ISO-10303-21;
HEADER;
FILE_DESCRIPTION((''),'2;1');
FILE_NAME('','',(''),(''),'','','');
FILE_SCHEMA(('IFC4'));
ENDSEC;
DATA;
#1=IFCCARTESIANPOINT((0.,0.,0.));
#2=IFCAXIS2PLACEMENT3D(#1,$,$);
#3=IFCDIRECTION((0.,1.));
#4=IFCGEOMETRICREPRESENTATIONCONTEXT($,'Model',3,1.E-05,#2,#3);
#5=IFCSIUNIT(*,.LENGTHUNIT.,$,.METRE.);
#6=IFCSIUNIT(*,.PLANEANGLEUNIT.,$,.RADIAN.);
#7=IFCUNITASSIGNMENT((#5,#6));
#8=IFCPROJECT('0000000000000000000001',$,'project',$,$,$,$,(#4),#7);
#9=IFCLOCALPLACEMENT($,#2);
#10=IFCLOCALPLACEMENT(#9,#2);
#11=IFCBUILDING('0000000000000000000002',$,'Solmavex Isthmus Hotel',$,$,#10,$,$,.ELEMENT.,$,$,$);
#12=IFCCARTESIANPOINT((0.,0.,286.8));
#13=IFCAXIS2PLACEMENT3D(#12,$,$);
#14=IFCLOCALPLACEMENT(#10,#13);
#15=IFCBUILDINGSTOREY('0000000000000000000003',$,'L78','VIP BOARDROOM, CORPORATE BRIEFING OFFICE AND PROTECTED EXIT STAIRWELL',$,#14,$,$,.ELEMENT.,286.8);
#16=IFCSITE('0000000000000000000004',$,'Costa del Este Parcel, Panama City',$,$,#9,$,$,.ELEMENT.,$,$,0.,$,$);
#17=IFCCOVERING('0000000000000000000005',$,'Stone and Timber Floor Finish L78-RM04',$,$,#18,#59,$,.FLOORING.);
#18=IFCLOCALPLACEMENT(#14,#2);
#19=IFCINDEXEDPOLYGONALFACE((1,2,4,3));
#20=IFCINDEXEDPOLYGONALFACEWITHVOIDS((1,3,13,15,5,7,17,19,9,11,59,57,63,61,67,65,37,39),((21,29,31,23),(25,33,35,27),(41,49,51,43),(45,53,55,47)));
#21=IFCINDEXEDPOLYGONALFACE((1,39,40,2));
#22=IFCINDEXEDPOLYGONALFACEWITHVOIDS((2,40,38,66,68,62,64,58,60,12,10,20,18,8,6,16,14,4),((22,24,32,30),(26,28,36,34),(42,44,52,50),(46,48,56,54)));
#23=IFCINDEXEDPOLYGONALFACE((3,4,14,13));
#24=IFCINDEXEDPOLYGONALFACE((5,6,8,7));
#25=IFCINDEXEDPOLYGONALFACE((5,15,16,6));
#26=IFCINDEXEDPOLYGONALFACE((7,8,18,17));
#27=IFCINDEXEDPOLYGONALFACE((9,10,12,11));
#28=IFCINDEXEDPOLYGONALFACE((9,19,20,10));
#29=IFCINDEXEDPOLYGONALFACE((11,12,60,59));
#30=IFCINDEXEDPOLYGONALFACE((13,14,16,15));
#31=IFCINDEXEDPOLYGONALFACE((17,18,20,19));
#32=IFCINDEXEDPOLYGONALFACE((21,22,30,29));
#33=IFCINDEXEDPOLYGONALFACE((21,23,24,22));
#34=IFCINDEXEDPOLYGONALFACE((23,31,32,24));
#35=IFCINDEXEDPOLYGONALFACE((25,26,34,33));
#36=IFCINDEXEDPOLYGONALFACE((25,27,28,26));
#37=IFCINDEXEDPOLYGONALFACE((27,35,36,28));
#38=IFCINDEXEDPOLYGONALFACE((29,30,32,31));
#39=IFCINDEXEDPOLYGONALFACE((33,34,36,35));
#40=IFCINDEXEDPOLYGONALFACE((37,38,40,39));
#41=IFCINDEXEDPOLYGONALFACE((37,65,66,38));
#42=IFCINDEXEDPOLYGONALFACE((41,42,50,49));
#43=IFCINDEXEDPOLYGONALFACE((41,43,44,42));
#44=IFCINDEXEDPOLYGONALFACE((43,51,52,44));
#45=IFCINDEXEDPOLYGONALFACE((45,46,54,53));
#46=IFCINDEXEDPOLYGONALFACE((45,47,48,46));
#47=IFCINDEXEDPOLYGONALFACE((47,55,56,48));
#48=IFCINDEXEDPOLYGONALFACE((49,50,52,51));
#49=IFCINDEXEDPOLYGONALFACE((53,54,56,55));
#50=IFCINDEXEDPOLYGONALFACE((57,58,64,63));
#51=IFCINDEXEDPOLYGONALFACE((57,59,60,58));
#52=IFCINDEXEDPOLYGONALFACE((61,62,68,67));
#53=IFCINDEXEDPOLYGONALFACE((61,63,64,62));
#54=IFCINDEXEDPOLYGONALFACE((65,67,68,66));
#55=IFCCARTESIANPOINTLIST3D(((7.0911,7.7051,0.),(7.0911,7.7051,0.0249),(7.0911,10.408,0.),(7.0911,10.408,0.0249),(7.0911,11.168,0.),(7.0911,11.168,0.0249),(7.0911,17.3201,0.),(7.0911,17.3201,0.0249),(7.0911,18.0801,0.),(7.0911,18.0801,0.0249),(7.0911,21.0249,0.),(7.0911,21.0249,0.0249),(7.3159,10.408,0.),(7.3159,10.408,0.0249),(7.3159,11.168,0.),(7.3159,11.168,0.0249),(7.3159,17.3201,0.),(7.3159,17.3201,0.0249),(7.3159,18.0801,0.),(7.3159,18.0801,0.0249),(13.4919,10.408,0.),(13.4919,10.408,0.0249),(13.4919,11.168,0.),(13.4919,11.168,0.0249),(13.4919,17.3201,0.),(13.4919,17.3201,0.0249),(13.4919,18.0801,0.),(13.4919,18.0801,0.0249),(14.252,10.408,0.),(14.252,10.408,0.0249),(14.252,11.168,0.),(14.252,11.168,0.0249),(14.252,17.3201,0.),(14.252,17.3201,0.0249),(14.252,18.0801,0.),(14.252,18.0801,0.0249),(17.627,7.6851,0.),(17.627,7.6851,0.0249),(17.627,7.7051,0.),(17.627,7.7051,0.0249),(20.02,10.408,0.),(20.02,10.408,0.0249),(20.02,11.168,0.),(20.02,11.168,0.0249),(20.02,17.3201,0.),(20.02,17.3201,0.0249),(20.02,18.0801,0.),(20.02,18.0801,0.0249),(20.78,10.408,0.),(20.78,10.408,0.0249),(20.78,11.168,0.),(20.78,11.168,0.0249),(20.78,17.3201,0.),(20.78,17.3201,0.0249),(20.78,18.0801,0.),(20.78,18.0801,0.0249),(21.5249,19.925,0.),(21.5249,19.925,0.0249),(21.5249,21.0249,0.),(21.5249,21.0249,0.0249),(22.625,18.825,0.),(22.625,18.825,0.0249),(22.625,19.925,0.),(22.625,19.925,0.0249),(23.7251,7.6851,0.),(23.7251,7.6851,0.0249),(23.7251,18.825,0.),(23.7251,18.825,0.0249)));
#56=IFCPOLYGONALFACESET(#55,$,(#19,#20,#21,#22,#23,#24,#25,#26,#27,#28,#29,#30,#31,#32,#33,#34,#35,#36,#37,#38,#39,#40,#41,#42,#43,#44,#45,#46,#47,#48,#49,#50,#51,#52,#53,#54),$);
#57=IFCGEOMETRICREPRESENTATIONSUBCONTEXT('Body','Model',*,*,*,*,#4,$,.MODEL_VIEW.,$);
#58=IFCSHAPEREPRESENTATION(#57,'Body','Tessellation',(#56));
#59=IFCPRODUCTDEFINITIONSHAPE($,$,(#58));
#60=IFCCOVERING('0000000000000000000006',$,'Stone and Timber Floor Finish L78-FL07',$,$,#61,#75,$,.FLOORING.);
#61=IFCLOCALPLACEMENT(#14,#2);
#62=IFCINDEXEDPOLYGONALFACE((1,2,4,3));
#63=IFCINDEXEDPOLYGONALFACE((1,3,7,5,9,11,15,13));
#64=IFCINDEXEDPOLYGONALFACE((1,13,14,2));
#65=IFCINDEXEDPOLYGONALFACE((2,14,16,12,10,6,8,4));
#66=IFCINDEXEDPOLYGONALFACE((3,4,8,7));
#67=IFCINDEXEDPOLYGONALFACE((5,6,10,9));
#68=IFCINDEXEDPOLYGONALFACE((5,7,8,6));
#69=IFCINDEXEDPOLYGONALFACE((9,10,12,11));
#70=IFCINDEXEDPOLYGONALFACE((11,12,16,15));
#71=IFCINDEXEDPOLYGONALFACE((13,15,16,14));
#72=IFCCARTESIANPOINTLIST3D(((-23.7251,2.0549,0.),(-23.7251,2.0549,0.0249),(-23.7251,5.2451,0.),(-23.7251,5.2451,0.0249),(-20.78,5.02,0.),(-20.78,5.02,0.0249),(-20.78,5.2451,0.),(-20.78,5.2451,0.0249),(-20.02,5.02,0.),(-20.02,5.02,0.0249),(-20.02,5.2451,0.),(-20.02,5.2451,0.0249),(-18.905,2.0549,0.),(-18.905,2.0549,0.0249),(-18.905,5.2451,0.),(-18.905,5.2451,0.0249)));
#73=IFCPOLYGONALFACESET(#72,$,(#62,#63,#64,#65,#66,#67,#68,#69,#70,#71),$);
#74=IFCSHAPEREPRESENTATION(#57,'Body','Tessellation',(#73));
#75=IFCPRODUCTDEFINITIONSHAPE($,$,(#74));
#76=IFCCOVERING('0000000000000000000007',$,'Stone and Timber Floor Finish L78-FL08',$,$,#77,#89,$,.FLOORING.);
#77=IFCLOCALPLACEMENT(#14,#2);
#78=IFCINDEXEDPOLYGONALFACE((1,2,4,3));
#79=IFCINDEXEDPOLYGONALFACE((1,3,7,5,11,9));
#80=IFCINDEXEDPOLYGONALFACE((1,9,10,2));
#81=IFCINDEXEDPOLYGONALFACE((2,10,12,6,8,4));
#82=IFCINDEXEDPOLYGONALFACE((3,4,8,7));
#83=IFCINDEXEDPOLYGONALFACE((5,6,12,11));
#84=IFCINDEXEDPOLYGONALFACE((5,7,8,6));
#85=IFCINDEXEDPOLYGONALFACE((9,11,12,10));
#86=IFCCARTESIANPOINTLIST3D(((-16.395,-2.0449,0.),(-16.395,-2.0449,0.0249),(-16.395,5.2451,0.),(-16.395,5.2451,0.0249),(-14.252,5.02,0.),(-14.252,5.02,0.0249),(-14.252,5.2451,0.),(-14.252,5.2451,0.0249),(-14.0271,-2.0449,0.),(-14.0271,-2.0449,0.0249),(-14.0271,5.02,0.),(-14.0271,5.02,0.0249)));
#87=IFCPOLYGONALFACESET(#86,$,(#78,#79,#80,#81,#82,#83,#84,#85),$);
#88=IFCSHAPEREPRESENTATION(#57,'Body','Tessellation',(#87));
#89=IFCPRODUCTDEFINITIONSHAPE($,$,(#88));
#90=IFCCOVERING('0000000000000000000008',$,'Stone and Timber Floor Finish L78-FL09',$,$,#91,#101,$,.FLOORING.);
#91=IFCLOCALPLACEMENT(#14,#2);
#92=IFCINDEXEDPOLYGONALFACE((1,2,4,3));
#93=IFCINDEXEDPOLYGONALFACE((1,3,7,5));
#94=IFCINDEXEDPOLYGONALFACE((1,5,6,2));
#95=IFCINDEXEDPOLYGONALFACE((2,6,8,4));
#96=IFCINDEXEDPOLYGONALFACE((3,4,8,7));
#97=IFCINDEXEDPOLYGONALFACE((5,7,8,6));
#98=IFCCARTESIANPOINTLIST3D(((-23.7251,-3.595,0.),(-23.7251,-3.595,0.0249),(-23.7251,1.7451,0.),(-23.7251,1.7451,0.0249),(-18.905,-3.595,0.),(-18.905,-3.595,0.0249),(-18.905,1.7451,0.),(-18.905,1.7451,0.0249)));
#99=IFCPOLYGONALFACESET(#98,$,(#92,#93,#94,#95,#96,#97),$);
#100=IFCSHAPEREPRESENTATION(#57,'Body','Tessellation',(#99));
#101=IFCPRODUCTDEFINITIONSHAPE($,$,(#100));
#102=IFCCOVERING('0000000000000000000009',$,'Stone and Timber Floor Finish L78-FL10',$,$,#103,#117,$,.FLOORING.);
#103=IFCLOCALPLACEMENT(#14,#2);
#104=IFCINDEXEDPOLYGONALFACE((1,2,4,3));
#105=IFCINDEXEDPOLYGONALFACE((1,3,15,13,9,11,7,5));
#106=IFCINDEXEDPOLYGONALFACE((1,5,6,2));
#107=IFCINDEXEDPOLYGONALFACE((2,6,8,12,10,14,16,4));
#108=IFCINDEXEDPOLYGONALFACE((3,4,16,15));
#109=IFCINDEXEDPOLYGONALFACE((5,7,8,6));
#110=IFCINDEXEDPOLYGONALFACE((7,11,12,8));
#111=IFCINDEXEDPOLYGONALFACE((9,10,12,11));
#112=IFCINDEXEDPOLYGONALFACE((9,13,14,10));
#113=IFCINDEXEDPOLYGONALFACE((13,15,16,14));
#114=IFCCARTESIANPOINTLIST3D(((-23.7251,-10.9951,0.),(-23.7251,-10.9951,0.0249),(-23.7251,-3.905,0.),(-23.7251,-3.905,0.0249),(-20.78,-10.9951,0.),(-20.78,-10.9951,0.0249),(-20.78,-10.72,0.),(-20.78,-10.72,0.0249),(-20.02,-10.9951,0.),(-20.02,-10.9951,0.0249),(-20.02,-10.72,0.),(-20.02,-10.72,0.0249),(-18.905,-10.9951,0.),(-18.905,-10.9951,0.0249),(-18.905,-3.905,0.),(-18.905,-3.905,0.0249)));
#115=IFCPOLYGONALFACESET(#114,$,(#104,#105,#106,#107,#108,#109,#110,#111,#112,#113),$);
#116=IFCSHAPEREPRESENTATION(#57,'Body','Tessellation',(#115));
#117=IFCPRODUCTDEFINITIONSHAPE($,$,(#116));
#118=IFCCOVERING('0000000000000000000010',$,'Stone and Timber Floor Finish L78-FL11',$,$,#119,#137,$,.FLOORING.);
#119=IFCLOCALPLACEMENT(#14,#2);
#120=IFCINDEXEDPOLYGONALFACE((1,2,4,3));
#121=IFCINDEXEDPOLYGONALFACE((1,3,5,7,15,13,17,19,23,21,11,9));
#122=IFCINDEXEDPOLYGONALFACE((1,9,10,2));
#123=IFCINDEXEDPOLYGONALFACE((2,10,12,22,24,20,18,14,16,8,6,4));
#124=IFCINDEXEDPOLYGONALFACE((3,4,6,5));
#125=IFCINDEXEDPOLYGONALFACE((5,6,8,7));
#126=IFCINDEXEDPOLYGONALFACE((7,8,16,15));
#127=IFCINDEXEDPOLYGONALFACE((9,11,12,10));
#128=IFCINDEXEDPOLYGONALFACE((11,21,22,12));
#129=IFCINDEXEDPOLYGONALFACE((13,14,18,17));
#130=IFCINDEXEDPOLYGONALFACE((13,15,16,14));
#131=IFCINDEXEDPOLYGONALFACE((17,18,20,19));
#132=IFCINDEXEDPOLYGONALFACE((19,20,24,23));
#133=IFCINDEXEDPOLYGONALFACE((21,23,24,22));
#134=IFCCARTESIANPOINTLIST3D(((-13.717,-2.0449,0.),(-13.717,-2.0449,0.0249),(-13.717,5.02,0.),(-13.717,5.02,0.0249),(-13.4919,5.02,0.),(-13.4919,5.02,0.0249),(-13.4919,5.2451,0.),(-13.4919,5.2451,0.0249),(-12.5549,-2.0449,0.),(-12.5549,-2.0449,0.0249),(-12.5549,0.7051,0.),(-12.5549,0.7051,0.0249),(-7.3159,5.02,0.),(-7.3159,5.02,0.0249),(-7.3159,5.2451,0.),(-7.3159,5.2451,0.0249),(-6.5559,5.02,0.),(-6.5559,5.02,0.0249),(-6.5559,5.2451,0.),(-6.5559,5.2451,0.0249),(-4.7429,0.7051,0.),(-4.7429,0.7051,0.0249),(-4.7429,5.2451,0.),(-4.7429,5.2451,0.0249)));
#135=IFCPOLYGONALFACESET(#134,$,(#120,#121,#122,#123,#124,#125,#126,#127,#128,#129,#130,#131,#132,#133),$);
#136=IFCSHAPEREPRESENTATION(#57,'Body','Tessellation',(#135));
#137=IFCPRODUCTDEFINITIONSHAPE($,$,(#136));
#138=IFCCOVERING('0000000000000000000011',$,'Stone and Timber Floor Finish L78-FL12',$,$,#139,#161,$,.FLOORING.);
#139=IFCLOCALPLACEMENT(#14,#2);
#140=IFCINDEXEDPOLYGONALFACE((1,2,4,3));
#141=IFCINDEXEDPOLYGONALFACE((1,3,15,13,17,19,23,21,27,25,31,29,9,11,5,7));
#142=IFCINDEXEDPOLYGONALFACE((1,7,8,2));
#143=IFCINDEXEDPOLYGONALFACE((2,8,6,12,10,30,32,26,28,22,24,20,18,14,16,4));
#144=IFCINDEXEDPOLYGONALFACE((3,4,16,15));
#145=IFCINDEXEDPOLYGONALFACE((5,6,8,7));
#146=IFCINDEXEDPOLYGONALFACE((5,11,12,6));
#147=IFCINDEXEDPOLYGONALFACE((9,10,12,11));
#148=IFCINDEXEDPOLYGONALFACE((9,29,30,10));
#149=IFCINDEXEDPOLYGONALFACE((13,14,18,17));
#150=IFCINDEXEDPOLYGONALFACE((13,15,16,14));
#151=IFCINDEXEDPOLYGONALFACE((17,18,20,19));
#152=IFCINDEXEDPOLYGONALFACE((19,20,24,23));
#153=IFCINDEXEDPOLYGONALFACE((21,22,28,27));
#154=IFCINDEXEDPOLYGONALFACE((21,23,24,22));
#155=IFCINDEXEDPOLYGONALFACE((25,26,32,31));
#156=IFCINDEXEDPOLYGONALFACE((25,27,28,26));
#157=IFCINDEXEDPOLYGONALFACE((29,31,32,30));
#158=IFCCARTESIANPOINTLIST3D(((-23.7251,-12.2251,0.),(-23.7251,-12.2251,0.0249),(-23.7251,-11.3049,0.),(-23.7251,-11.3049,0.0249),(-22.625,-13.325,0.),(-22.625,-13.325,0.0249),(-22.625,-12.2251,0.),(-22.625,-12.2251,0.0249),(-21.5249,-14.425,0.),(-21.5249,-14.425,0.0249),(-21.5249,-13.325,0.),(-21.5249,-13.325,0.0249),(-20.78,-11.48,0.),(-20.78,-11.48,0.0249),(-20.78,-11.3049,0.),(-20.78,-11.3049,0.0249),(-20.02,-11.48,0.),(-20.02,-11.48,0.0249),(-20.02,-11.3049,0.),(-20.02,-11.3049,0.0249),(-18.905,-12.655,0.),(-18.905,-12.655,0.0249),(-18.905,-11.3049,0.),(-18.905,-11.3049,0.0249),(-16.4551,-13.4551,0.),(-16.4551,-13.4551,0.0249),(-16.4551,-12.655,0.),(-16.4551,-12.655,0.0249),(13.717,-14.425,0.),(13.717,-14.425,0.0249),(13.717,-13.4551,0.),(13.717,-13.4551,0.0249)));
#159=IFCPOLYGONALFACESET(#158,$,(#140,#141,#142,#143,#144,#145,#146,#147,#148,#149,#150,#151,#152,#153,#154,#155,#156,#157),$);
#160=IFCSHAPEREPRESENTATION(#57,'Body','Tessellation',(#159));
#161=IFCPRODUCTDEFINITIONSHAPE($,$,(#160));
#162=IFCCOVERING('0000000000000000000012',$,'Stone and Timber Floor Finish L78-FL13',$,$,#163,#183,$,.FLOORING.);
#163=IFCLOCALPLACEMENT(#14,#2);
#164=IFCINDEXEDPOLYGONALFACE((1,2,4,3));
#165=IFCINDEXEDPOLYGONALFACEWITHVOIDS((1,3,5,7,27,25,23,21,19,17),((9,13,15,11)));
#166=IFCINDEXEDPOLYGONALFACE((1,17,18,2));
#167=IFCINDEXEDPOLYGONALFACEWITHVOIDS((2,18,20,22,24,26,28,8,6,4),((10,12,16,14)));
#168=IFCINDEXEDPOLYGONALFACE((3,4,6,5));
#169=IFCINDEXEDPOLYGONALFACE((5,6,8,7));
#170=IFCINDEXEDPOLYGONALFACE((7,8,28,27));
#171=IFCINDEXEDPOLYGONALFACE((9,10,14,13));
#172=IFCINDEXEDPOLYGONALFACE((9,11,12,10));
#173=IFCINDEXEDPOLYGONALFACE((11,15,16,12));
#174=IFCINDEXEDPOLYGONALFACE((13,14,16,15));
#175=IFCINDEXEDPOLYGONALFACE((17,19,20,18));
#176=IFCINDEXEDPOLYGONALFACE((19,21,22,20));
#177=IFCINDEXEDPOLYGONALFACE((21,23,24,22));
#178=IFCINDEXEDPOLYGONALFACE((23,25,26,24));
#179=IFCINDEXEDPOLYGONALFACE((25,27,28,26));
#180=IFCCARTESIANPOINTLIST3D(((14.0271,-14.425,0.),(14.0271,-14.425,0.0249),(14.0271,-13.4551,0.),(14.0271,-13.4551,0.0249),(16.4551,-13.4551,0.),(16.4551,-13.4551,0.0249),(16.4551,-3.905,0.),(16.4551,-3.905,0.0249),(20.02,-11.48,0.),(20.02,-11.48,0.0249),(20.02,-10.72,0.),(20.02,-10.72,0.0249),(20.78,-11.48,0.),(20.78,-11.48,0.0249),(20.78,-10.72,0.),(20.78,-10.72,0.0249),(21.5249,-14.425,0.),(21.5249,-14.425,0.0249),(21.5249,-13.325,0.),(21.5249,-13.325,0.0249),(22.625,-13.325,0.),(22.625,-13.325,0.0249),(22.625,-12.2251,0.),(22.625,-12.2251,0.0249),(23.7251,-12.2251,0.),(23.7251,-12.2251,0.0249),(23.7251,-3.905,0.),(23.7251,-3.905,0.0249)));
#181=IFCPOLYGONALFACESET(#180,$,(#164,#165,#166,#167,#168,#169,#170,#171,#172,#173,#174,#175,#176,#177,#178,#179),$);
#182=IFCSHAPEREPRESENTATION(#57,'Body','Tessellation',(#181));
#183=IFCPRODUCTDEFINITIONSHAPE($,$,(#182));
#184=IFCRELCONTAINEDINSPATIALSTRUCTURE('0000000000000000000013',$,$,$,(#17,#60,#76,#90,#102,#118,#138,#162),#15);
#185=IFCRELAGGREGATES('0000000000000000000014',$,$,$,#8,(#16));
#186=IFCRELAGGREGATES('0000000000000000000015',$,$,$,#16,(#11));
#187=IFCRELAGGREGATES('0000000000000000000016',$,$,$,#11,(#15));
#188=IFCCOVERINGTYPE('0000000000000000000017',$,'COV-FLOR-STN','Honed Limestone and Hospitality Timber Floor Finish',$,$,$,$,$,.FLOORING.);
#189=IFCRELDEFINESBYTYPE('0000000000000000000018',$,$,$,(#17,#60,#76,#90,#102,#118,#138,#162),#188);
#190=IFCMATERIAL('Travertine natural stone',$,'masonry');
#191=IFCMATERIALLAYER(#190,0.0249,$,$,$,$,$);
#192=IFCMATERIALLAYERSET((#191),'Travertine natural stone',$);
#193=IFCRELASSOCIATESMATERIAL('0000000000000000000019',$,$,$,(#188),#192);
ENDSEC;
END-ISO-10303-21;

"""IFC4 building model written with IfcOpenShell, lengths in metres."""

from ifc_helpers import new_model, si_unit, direction, frame, origin, place, context, subcontext, project, spatial, polyline, outline, extrude, material, layer, layer_set, type_object, element, save


model = new_model("IFC4")

# Units and contexts
model_context = context("Model", 3, precision=1e-05, world=origin(), true_north=direction((0.0, 1.0)))
body_context = subcontext(model_context, "Body", "Model", "MODEL_VIEW")
ifc_project = project(units=[si_unit("LENGTHUNIT", "METRE"), si_unit("PLANEANGLEUNIT", "RADIAN")], contexts=[model_context])

# Site, building, storey
site_placement = place(None, origin())
site = spatial("IfcSite", under=ifc_project, at=site_placement, Name="Costa del Este Parcel, Panama City", CompositionType="ELEMENT", RefElevation=0.0)
building_placement = place(site_placement, origin())
building = spatial("IfcBuilding", under=site, at=building_placement, Name="Solmavex Isthmus Hotel", CompositionType="ELEMENT")
storey_placement = place(building_placement, frame((0.0, 0.0, 286.8)))
storey = spatial("IfcBuildingStorey", under=building, at=storey_placement, Name="L78", Description="VIP BOARDROOM, CORPORATE BRIEFING OFFICE AND PROTECTED EXIT STAIRWELL", CompositionType="ELEMENT", Elevation=286.8)

# Coverings
ifc_material_1 = material(Name="Travertine natural stone", Category="masonry")
ifc_layer_1 = layer(ifc_material_1, 0.0249)
ifc_layer_set_1 = layer_set([ifc_layer_1], Name="Travertine natural stone")
covering_type_1 = type_object("IfcCoveringType", Name="COV-FLOR-STN", Description="Honed Limestone and Hospitality Timber Floor Finish", PredefinedType="FLOORING", material=ifc_layer_set_1)
covering_1_placement = place(storey_placement, origin())
element("IfcCovering", 1, at=covering_1_placement, inside=storey, type_object=covering_type_1, Name="Stone and Timber Floor Finish L78-RM04", PredefinedType="FLOORING", context=body_context, shape_type="SweptSolid", body=[
    extrude(outline(polyline([(7.0911, 11.168), (7.3159, 11.168), (7.3159, 10.408), (7.0911, 10.408), (7.0911, 7.7051), (17.627, 7.7051), (17.627, 7.6851), (23.7251, 7.6851), (23.7251, 18.825), (22.625, 18.825), (22.625, 19.925), (21.5249, 19.925), (21.5249, 21.0249), (7.0911, 21.0249), (7.0911, 18.0801), (7.3159, 18.0801), (7.3159, 17.3201), (7.0911, 17.3201), (7.0911, 11.168)]), holes=[polyline([(20.02, 10.408), (20.02, 11.168), (20.78, 11.168), (20.78, 10.408), (20.02, 10.408)]), polyline([(20.02, 17.3201), (20.02, 18.0801), (20.78, 18.0801), (20.78, 17.3201), (20.02, 17.3201)]), polyline([(13.4919, 10.408), (13.4919, 11.168), (14.252, 11.168), (14.252, 10.408), (13.4919, 10.408)]), polyline([(13.4919, 17.3201), (13.4919, 18.0801), (14.252, 18.0801), (14.252, 17.3201), (13.4919, 17.3201)])]), origin(), (0.0, 0.0, 1.0), 0.0249),
])
covering_2_placement = place(storey_placement, origin())
element("IfcCovering", 2, at=covering_2_placement, inside=storey, type_object=covering_type_1, Name="Stone and Timber Floor Finish L78-FL07", PredefinedType="FLOORING", context=body_context, shape_type="SweptSolid", body=[
    extrude(outline(polyline([(-20.02, 5.2451), (-20.02, 5.02), (-20.78, 5.02), (-20.78, 5.2451), (-23.7251, 5.2451), (-23.7251, 2.0549), (-18.905, 2.0549), (-18.905, 5.2451), (-20.02, 5.2451)])), origin(), (0.0, 0.0, 1.0), 0.0249),
])
covering_3_placement = place(storey_placement, origin())
element("IfcCovering", 3, at=covering_3_placement, inside=storey, type_object=covering_type_1, Name="Stone and Timber Floor Finish L78-FL08", PredefinedType="FLOORING", context=body_context, shape_type="SweptSolid", body=[
    extrude(outline(polyline([(-16.395, -2.0449), (-14.0271, -2.0449), (-14.0271, 5.02), (-14.252, 5.02), (-14.252, 5.2451), (-16.395, 5.2451), (-16.395, -2.0449)])), origin(), (0.0, 0.0, 1.0), 0.0249),
])
covering_4_placement = place(storey_placement, origin())
element("IfcCovering", 4, at=covering_4_placement, inside=storey, type_object=covering_type_1, Name="Stone and Timber Floor Finish L78-FL09", PredefinedType="FLOORING", context=body_context, shape_type="SweptSolid", body=[
    extrude(outline(polyline([(-23.7251, -3.595), (-18.905, -3.595), (-18.905, 1.7451), (-23.7251, 1.7451), (-23.7251, -3.595)])), origin(), (0.0, 0.0, 1.0), 0.0249),
])
covering_5_placement = place(storey_placement, origin())
element("IfcCovering", 5, at=covering_5_placement, inside=storey, type_object=covering_type_1, Name="Stone and Timber Floor Finish L78-FL10", PredefinedType="FLOORING", context=body_context, shape_type="SweptSolid", body=[
    extrude(outline(polyline([(-20.78, -10.9951), (-20.78, -10.72), (-20.02, -10.72), (-20.02, -10.9951), (-18.905, -10.9951), (-18.905, -3.905), (-23.7251, -3.905), (-23.7251, -10.9951), (-20.78, -10.9951)])), origin(), (0.0, 0.0, 1.0), 0.0249),
])
covering_6_placement = place(storey_placement, origin())
element("IfcCovering", 6, at=covering_6_placement, inside=storey, type_object=covering_type_1, Name="Stone and Timber Floor Finish L78-FL11", PredefinedType="FLOORING", context=body_context, shape_type="SweptSolid", body=[
    extrude(outline(polyline([(-6.5559, 5.2451), (-6.5559, 5.02), (-7.3159, 5.02), (-7.3159, 5.2451), (-13.4919, 5.2451), (-13.4919, 5.02), (-13.717, 5.02), (-13.717, -2.0449), (-12.5549, -2.0449), (-12.5549, 0.7051), (-4.7429, 0.7051), (-4.7429, 5.2451), (-6.5559, 5.2451)])), origin(), (0.0, 0.0, 1.0), 0.0249),
])
covering_7_placement = place(storey_placement, origin())
element("IfcCovering", 7, at=covering_7_placement, inside=storey, type_object=covering_type_1, Name="Stone and Timber Floor Finish L78-FL12", PredefinedType="FLOORING", context=body_context, shape_type="SweptSolid", body=[
    extrude(outline(polyline([(-20.02, -11.3049), (-20.02, -11.48), (-20.78, -11.48), (-20.78, -11.3049), (-23.7251, -11.3049), (-23.7251, -12.2251), (-22.625, -12.2251), (-22.625, -13.325), (-21.5249, -13.325), (-21.5249, -14.425), (13.717, -14.425), (13.717, -13.4551), (-16.4551, -13.4551), (-16.4551, -12.655), (-18.905, -12.655), (-18.905, -11.3049), (-20.02, -11.3049)])), origin(), (0.0, 0.0, 1.0), 0.0249),
])
covering_8_placement = place(storey_placement, origin())
element("IfcCovering", 8, at=covering_8_placement, inside=storey, type_object=covering_type_1, Name="Stone and Timber Floor Finish L78-FL13", PredefinedType="FLOORING", context=body_context, shape_type="SweptSolid", body=[
    extrude(outline(polyline([(16.4551, -3.905), (16.4551, -13.4551), (14.0271, -13.4551), (14.0271, -14.425), (21.5249, -14.425), (21.5249, -13.325), (22.625, -13.325), (22.625, -12.2251), (23.7251, -12.2251), (23.7251, -3.905), (16.4551, -3.905)]), holes=[polyline([(20.02, -11.48), (20.02, -10.72), (20.78, -10.72), (20.78, -11.48), (20.02, -11.48)])]), origin(), (0.0, 0.0, 1.0), 0.0249),
])

save(model, "model.ifc")
